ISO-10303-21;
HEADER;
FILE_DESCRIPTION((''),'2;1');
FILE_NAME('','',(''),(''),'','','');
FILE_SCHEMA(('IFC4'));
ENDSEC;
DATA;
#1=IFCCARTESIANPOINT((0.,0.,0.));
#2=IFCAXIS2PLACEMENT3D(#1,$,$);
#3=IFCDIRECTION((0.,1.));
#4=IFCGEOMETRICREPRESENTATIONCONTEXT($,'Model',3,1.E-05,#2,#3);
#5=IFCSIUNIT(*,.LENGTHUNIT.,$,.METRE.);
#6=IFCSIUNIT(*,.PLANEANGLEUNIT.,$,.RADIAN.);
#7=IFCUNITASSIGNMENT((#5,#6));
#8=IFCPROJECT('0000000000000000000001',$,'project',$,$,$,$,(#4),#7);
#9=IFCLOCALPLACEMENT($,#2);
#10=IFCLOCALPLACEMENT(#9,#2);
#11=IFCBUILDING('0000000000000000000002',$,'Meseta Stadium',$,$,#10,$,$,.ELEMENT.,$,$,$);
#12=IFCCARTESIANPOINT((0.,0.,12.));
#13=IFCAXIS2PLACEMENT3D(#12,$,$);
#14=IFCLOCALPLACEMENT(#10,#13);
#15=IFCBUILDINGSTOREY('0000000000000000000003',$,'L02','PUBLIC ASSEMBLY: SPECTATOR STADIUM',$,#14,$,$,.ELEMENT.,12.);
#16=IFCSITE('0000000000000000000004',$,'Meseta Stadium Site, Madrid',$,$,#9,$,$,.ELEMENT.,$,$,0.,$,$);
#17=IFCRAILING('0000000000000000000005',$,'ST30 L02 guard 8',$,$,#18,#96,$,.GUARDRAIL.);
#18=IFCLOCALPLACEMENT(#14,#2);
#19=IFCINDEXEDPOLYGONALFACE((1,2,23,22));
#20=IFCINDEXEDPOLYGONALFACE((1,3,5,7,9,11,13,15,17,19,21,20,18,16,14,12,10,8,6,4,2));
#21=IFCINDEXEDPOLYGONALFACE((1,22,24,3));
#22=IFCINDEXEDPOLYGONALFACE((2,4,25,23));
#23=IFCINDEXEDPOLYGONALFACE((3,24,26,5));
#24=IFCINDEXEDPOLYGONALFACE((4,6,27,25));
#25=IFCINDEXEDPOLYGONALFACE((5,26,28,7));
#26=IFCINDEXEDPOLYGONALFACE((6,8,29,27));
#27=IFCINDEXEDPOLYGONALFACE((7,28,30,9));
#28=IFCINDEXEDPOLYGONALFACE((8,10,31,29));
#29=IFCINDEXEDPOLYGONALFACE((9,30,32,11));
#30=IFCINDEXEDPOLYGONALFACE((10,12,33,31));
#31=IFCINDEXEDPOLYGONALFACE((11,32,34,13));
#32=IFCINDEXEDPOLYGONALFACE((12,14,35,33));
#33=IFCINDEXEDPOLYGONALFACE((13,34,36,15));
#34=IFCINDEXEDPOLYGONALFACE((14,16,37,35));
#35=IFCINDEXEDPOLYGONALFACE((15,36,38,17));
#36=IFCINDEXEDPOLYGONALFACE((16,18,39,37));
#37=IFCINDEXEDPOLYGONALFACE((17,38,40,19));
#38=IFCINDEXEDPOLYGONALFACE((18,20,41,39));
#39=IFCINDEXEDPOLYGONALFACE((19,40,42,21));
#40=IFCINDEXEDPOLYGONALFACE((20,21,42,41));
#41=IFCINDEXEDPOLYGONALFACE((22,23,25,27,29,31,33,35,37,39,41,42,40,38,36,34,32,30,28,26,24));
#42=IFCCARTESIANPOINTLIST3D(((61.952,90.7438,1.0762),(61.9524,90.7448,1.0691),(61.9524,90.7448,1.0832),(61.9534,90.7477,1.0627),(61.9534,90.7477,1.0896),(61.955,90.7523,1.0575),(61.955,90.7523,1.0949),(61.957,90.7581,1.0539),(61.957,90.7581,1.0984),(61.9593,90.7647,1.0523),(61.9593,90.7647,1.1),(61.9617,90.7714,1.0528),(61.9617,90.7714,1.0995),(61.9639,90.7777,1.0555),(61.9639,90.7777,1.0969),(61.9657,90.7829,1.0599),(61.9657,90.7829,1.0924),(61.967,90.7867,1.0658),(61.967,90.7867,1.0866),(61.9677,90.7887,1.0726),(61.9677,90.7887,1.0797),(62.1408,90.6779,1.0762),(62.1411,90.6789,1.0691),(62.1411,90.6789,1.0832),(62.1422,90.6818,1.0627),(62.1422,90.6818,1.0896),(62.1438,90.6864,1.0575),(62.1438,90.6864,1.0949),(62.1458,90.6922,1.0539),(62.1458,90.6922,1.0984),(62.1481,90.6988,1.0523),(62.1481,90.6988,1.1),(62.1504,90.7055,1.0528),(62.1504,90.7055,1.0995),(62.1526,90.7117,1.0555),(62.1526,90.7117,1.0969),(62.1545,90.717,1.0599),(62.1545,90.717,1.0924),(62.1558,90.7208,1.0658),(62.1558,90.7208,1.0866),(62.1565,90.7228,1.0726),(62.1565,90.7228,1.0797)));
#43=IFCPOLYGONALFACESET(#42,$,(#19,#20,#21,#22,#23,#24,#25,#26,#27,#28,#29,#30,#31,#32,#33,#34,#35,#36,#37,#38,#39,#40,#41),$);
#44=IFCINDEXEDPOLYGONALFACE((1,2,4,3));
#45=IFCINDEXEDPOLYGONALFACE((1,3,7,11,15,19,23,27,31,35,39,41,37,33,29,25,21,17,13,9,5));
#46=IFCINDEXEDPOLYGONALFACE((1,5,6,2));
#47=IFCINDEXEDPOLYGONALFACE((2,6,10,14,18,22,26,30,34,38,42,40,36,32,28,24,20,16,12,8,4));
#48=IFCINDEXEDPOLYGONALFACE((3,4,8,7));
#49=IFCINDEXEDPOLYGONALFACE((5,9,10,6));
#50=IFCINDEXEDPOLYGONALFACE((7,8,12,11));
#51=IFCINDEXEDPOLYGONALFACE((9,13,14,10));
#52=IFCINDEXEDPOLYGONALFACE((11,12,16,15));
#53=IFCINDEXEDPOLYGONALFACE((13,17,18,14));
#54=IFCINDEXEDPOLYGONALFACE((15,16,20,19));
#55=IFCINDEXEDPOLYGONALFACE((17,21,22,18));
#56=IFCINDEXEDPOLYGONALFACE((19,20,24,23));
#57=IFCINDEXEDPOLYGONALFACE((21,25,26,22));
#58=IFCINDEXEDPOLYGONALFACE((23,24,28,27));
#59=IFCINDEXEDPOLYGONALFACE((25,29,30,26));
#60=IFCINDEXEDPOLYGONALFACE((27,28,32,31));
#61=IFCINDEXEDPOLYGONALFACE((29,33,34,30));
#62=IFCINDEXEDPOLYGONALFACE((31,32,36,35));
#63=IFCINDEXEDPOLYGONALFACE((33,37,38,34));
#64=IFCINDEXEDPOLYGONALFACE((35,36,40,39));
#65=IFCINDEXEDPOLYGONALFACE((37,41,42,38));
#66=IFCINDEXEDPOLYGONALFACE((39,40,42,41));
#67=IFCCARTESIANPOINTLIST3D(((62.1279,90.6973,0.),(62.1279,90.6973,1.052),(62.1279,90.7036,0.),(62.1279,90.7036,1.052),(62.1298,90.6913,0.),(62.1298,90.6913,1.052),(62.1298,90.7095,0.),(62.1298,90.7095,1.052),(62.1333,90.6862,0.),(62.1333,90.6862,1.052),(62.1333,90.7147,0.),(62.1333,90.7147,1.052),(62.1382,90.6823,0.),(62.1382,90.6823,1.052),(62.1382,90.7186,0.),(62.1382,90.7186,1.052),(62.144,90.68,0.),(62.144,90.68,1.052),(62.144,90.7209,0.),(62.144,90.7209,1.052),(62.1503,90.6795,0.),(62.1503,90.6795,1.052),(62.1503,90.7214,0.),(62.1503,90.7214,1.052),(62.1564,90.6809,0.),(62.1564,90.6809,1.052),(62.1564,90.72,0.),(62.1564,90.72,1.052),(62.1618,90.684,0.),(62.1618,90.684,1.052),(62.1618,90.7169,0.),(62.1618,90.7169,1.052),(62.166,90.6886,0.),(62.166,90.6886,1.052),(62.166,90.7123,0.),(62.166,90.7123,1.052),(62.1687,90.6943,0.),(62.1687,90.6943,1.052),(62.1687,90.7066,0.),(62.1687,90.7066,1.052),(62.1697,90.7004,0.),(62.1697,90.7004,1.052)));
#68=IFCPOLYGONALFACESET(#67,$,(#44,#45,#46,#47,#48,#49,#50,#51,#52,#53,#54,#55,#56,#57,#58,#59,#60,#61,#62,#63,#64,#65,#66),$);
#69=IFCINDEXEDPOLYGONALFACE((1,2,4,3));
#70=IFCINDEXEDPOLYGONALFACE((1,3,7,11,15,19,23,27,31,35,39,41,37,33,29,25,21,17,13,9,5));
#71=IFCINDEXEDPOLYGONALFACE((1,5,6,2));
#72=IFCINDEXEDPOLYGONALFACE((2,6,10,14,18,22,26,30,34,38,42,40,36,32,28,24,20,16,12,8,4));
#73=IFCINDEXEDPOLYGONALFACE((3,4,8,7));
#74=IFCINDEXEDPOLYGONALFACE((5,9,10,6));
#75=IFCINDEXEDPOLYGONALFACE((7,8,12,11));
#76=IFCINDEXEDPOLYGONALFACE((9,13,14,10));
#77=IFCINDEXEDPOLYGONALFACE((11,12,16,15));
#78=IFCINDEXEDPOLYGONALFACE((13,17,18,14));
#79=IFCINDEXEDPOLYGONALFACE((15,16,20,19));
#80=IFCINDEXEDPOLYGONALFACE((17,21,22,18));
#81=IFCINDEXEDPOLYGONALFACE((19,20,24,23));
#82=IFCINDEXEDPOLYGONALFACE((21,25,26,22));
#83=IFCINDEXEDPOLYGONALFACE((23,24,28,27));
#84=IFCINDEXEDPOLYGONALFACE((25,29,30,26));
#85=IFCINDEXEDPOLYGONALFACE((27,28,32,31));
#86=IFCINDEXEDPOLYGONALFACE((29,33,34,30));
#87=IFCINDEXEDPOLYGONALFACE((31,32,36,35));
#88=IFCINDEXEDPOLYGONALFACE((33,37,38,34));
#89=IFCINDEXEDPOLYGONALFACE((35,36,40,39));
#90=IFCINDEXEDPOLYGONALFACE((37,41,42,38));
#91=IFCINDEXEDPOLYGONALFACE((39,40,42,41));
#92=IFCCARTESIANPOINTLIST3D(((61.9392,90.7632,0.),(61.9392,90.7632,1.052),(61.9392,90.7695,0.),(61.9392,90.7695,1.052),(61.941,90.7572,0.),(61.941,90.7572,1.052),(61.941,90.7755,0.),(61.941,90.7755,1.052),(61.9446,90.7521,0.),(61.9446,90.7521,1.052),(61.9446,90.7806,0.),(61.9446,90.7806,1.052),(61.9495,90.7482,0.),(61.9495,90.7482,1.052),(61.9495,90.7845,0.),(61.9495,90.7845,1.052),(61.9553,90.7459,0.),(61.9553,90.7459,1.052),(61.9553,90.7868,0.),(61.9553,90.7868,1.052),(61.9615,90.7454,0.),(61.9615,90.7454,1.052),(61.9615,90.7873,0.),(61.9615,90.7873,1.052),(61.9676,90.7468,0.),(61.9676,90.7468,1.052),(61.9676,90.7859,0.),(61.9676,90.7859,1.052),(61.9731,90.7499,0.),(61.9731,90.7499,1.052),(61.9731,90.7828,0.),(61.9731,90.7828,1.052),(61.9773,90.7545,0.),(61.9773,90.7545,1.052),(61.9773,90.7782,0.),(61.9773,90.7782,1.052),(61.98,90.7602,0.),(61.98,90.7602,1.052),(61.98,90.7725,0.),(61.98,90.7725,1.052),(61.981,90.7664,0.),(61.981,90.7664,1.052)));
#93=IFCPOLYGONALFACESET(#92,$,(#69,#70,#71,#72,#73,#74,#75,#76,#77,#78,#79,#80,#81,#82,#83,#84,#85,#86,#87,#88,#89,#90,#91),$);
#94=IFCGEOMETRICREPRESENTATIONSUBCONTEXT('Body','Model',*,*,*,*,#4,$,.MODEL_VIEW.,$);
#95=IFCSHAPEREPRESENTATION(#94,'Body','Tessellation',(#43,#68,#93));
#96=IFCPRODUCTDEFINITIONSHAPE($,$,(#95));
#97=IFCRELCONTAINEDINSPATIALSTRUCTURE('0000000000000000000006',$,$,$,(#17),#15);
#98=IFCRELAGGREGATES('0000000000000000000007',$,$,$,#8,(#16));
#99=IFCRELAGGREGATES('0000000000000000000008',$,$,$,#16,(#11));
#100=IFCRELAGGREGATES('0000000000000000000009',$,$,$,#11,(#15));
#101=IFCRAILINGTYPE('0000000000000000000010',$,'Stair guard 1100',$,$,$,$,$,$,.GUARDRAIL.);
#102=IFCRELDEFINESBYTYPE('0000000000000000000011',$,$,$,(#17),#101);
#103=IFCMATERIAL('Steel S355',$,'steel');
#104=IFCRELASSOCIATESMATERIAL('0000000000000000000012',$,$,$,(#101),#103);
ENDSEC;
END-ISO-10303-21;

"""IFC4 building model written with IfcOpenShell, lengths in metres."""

from ifc_helpers import new_model, si_unit, direction, frame, origin, origin_2d, place, context, subcontext, project, spatial, circle, extrude, material, type_object, element, save


model = new_model("IFC4")

# Units and contexts
model_context = context("Model", 3, precision=1e-05, world=origin(), true_north=direction((0.0, 1.0)))
body_context = subcontext(model_context, "Body", "Model", "MODEL_VIEW")
ifc_project = project(units=[si_unit("LENGTHUNIT", "METRE"), si_unit("PLANEANGLEUNIT", "RADIAN")], contexts=[model_context])

# Site, building, storey
site_placement = place(None, origin())
site = spatial("IfcSite", under=ifc_project, at=site_placement, Name="Meseta Stadium Site, Madrid", CompositionType="ELEMENT", RefElevation=0.0)
building_placement = place(site_placement, origin())
building = spatial("IfcBuilding", under=site, at=building_placement, Name="Meseta Stadium", CompositionType="ELEMENT")
storey_placement = place(building_placement, frame((0.0, 0.0, 12.0)))
storey = spatial("IfcBuildingStorey", under=building, at=storey_placement, Name="L02", Description="PUBLIC ASSEMBLY: SPECTATOR STADIUM", CompositionType="ELEMENT", Elevation=12.0)

# Railing
ifc_material_1 = material(Name="Steel S355", Category="steel")
railing_type_1 = type_object("IfcRailingType", Name="Stair guard 1100", PredefinedType="GUARDRAIL", material=ifc_material_1)
railing_1_placement = place(storey_placement, frame((62.1487, 90.7004, 0.0)))
element("IfcRailing", 1, at=railing_1_placement, inside=storey, type_object=railing_type_1, Name="ST30 L02 guard 8", PredefinedType="GUARDRAIL", context=body_context, shape_type="SweptSolid", body=[
    extrude(circle(Radius=0.0239, at=origin_2d()), frame((0.0, 0.0, 1.0762), z_axis=(-0.944068, 0.329752, 0.0), x_axis=(-0.329752, -0.944068, 0.0)), (0.0, 0.0, 1.0), 0.2),
    extrude(circle(Radius=0.021, at=origin_2d()), origin(), (0.0, 0.0, 1.0), 1.052),
    extrude(circle(Radius=0.021, at=origin_2d()), frame((-0.1887, 0.0659, 0.0)), (0.0, 0.0, 1.0), 1.052),
])

save(model, "model.ifc")
